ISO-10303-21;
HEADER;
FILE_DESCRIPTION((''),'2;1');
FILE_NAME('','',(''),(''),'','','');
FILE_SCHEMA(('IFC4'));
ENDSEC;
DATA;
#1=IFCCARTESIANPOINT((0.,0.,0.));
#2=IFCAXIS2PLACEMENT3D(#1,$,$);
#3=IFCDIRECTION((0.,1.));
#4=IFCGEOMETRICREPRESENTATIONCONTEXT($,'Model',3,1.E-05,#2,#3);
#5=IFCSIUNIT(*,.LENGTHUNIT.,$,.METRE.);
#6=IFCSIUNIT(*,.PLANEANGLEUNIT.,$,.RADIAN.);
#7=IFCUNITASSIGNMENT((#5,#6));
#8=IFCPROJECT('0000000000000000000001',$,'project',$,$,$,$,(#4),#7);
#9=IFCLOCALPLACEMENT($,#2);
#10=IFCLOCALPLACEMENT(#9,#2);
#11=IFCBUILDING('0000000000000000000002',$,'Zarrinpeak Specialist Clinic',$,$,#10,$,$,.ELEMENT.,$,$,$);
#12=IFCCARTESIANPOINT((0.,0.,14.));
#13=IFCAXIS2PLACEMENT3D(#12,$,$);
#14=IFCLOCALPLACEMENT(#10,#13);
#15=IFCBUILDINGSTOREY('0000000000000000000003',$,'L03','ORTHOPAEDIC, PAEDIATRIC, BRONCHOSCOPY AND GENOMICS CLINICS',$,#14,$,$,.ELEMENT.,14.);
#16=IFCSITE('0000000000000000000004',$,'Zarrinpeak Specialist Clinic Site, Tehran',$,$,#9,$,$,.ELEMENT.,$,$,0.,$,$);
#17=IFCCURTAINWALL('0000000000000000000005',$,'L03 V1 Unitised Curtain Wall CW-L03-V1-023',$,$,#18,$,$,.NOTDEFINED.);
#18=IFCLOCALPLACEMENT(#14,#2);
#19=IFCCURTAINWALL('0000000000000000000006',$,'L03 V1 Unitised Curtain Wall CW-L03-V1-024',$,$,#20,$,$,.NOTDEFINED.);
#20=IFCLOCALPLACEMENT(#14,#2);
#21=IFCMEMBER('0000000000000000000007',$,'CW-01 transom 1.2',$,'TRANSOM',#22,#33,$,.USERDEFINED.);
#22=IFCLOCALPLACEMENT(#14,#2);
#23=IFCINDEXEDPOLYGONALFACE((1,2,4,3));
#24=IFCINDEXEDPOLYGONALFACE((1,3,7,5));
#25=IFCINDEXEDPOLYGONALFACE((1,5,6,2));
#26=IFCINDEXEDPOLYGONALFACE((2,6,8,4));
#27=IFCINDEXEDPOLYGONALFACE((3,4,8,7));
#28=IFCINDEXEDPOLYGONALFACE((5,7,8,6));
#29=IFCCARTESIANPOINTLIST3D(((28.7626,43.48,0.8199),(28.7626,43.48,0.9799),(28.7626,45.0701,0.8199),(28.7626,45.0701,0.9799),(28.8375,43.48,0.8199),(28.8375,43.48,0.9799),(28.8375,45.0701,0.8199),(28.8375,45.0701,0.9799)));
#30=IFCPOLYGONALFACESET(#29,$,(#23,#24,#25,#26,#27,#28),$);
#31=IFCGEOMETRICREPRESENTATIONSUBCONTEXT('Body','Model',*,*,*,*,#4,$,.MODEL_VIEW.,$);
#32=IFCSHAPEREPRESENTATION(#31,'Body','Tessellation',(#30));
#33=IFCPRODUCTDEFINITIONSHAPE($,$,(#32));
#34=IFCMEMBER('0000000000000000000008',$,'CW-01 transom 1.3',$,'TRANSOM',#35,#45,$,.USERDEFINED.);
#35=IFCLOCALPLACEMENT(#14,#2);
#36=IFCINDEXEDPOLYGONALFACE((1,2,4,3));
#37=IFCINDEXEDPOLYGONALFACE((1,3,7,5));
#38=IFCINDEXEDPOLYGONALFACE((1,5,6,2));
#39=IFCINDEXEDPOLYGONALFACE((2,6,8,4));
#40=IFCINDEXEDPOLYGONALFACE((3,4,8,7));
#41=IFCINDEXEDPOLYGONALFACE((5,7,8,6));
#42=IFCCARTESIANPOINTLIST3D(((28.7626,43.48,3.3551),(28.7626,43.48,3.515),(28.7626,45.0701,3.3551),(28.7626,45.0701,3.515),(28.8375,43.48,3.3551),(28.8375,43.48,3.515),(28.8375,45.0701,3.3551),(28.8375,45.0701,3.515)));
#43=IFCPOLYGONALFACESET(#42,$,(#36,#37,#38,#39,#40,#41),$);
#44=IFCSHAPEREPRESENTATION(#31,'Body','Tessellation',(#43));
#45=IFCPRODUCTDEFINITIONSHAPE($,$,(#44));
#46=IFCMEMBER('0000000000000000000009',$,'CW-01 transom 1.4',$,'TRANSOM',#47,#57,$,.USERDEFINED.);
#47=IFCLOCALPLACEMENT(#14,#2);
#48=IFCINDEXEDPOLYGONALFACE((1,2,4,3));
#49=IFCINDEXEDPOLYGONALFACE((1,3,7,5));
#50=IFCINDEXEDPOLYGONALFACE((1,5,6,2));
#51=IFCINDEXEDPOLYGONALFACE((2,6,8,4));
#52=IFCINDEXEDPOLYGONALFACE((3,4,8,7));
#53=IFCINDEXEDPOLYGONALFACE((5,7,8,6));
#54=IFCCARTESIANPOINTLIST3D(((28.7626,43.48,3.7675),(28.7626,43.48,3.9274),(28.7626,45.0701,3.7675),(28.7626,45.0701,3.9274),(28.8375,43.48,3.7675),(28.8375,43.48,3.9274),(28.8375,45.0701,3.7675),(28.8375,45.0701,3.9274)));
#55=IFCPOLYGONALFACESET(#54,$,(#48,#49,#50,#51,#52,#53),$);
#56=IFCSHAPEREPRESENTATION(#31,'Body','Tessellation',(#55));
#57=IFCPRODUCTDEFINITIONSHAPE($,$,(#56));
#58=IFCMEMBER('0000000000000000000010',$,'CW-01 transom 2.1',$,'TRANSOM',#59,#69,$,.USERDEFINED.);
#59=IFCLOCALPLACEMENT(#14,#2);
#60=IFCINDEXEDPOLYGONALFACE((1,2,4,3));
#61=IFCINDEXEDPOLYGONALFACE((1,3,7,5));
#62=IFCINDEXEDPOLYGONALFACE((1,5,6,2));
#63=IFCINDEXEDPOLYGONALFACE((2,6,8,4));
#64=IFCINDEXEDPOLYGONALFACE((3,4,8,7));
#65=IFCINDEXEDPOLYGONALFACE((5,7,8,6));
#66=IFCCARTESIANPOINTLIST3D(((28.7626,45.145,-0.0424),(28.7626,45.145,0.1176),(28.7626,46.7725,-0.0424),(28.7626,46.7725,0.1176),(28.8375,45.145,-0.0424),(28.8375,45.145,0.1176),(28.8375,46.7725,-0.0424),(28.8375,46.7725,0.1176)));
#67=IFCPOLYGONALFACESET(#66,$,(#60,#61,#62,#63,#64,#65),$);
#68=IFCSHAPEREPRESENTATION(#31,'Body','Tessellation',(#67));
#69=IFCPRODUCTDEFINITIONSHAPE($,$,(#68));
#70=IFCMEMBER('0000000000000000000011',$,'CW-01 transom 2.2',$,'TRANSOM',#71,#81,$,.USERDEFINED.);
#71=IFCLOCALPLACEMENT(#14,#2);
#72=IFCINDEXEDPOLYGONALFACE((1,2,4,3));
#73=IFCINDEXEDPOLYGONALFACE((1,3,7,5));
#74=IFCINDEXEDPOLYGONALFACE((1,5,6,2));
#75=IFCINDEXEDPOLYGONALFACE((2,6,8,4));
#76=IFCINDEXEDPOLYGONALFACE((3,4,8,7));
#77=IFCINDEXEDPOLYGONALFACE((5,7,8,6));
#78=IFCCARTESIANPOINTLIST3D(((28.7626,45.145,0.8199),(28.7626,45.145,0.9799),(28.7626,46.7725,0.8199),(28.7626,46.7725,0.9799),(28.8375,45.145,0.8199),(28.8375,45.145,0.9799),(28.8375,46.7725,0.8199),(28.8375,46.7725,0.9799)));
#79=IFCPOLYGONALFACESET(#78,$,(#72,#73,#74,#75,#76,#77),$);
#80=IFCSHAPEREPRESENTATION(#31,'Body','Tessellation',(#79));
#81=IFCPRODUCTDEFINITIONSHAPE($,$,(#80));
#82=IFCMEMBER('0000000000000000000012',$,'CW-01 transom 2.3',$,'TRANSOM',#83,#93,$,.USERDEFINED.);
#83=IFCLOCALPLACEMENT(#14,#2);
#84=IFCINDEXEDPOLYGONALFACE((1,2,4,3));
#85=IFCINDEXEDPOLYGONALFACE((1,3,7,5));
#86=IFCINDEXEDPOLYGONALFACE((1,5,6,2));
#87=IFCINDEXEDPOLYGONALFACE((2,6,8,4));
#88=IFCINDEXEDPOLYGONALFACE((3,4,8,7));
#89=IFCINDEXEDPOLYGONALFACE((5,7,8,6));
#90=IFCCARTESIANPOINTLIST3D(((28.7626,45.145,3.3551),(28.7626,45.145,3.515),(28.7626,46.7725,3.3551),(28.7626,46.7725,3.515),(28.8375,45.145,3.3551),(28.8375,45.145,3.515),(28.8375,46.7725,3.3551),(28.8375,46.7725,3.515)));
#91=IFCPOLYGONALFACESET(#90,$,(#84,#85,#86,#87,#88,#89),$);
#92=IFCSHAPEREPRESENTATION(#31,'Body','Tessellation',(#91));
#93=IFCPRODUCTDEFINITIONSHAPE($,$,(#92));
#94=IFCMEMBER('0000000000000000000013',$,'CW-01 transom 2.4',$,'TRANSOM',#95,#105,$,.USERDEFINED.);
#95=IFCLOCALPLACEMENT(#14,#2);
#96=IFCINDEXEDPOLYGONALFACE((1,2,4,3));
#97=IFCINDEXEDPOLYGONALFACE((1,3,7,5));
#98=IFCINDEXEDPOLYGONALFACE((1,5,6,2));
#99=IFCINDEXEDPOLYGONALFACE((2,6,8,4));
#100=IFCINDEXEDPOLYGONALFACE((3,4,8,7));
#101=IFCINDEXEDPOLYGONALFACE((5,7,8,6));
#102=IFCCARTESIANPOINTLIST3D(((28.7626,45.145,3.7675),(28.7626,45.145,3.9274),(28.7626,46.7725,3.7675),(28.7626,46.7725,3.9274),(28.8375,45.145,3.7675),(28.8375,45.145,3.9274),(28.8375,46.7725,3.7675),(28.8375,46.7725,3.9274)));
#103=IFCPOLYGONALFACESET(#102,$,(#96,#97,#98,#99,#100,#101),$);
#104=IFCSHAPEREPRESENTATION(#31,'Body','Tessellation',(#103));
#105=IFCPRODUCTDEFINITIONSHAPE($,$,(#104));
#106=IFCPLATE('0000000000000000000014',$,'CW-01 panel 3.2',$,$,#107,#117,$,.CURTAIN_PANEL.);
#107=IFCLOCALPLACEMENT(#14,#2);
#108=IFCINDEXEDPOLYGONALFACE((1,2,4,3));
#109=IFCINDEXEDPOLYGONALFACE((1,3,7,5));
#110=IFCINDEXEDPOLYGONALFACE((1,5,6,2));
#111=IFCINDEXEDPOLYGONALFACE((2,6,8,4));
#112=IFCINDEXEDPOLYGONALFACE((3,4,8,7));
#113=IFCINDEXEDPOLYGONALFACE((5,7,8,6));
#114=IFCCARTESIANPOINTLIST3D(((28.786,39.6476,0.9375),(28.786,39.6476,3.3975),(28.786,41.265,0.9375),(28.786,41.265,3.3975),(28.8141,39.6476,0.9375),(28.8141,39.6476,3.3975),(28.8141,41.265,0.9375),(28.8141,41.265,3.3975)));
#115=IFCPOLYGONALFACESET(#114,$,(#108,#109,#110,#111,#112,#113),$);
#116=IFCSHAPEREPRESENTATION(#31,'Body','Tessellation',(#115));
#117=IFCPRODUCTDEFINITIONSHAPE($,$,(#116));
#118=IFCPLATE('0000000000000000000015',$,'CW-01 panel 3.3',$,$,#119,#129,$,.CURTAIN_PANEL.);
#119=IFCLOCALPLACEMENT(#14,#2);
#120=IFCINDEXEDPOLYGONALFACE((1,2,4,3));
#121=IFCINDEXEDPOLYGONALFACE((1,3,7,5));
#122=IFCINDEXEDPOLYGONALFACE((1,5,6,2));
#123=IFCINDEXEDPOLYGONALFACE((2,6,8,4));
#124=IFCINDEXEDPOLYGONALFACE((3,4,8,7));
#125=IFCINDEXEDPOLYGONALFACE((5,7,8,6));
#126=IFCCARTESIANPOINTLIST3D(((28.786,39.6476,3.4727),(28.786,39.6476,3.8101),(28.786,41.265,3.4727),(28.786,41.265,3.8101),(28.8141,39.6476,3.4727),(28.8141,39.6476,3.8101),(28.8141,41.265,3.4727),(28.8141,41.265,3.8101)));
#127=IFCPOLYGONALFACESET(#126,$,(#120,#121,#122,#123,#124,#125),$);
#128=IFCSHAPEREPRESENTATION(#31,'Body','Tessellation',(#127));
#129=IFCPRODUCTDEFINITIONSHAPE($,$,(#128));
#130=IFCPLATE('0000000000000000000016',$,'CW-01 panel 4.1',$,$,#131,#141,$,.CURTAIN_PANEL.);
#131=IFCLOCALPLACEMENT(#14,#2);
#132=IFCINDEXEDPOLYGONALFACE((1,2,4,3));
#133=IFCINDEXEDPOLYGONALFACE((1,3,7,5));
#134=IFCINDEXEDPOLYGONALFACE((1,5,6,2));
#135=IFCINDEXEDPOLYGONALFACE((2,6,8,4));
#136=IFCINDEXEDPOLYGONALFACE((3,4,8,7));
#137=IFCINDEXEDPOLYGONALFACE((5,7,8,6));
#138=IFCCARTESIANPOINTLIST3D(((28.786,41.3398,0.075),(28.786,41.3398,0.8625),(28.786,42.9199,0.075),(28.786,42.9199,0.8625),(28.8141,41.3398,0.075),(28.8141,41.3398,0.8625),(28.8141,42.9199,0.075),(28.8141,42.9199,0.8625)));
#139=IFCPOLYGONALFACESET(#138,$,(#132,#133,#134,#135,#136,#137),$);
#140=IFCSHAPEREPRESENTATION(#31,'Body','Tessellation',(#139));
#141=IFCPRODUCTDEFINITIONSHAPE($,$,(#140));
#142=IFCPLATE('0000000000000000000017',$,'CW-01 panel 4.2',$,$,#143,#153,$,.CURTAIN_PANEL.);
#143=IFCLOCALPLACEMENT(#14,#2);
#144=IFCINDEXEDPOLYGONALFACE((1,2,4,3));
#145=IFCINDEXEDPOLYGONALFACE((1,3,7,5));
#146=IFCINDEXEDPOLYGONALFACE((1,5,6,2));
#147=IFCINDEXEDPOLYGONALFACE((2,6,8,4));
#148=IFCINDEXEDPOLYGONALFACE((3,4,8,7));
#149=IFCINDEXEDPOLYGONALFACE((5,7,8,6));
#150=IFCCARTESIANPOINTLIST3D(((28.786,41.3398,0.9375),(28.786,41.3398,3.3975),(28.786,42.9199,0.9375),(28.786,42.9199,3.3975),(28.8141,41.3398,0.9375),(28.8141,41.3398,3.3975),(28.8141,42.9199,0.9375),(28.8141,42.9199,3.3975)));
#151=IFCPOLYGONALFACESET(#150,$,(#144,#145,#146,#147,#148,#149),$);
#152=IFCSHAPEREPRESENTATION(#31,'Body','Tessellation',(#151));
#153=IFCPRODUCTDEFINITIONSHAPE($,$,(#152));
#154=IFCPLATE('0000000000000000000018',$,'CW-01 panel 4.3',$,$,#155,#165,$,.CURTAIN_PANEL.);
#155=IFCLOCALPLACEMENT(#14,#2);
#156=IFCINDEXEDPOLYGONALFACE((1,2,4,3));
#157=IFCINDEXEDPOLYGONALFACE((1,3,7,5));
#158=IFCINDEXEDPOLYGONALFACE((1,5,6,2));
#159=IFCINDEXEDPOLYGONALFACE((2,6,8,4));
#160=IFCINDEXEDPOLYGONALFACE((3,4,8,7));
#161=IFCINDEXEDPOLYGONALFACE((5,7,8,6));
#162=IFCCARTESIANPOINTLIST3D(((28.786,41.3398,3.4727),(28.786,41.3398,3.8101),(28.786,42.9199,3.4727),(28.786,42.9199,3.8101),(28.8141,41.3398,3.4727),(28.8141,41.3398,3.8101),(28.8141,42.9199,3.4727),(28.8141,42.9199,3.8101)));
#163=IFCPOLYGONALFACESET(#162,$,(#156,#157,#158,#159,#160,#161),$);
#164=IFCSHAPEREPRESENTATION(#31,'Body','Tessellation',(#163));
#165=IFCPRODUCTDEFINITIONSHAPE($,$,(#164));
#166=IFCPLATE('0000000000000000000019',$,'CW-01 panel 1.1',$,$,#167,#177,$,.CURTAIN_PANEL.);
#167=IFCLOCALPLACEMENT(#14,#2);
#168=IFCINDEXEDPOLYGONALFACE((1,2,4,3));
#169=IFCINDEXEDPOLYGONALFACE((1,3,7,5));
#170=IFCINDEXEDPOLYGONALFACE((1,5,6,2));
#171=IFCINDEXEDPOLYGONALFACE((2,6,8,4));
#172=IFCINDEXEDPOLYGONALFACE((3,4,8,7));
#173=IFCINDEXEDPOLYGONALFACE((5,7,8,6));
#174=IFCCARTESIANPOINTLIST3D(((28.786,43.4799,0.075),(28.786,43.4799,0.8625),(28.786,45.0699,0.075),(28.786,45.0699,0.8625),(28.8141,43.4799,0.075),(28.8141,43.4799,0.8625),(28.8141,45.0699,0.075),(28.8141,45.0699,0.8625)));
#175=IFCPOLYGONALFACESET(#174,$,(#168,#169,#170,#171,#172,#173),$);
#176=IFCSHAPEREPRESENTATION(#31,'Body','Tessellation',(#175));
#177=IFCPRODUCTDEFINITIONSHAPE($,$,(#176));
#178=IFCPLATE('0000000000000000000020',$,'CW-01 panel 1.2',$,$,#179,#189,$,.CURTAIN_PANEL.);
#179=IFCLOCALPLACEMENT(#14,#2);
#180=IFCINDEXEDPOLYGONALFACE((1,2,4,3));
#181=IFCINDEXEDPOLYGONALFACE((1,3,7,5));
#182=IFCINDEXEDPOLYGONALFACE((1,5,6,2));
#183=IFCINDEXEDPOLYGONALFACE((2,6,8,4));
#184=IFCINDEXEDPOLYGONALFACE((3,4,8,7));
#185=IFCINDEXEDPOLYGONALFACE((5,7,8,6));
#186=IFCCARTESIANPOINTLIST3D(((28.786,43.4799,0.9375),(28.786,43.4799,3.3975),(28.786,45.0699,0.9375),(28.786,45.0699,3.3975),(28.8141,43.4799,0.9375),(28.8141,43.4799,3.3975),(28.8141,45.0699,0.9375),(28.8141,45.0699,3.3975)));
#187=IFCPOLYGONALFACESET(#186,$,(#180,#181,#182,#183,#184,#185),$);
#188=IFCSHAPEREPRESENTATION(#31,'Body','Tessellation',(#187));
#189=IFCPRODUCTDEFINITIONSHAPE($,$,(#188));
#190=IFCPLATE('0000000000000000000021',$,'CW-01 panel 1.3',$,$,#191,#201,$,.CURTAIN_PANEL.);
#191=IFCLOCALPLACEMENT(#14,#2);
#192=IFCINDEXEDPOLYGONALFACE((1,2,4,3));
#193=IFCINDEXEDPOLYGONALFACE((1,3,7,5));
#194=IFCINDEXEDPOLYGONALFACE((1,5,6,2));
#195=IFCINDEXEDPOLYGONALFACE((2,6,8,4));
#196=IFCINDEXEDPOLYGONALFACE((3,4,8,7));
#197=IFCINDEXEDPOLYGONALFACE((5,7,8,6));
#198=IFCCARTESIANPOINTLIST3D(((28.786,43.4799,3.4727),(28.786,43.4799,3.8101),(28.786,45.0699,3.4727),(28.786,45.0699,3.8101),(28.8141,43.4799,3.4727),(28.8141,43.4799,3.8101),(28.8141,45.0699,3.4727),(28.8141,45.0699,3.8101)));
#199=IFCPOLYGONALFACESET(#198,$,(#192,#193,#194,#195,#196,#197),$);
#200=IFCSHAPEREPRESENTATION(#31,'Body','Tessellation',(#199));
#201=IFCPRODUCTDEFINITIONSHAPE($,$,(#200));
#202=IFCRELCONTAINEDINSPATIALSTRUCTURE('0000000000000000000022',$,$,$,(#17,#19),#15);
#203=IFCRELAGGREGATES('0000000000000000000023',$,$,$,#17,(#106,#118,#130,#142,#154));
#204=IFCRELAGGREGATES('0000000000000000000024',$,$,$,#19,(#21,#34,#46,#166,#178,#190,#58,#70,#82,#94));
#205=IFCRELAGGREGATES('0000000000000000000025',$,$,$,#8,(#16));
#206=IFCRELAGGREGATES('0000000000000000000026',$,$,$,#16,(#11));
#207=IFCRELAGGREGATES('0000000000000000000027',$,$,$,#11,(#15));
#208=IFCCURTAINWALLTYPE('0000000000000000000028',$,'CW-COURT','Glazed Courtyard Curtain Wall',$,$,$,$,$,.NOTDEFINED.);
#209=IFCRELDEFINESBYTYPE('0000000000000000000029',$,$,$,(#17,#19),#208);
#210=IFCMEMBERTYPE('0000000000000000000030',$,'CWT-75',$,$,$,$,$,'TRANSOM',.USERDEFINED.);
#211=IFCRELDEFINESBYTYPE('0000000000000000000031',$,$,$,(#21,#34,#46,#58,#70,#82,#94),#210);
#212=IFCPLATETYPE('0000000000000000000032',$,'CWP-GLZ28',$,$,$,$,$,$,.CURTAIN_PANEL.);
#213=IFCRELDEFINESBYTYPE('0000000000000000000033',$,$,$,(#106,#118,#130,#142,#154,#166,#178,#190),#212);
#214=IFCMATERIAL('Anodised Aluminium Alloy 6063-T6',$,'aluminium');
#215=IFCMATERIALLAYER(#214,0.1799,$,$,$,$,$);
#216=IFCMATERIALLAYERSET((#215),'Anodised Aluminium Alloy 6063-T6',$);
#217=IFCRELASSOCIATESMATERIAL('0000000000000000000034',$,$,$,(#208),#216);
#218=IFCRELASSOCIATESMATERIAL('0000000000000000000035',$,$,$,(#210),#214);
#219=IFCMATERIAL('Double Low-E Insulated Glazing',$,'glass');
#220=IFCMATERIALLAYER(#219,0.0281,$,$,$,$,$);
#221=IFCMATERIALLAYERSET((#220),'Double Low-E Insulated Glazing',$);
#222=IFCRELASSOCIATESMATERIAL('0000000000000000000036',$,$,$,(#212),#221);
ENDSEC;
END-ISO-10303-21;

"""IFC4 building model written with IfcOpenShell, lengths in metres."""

from ifc_helpers import new_model, si_unit, direction, frame, origin, origin_2d, place, context, subcontext, project, spatial, rectangle, extrude, material, layer, layer_set, material_profile, profile_set, type_object, element, aggregate, save


model = new_model("IFC4")

# Units and contexts
model_context = context("Model", 3, precision=1e-05, world=origin(), true_north=direction((0.0, 1.0)))
body_context = subcontext(model_context, "Body", "Model", "MODEL_VIEW")
ifc_project = project(units=[si_unit("LENGTHUNIT", "METRE"), si_unit("PLANEANGLEUNIT", "RADIAN")], contexts=[model_context])

# Site, building, storey
site_placement = place(None, origin())
site = spatial("IfcSite", under=ifc_project, at=site_placement, Name="Zarrinpeak Specialist Clinic Site, Tehran", CompositionType="ELEMENT", RefElevation=0.0)
building_placement = place(site_placement, origin())
building = spatial("IfcBuilding", under=site, at=building_placement, Name="Zarrinpeak Specialist Clinic", CompositionType="ELEMENT")
storey_placement = place(building_placement, frame((0.0, 0.0, 14.0)))
storey = spatial("IfcBuildingStorey", under=building, at=storey_placement, Name="L03", Description="ORTHOPAEDIC, PAEDIATRIC, BRONCHOSCOPY AND GENOMICS CLINICS", CompositionType="ELEMENT", Elevation=14.0)

# Curtain walls
ifc_material_1 = material(Name="Anodised Aluminium Alloy 6063-T6", Category="aluminium")
ifc_layer_1 = layer(ifc_material_1, 0.1799)
ifc_layer_set_1 = layer_set([ifc_layer_1], Name="Anodised Aluminium Alloy 6063-T6")
curtain_wall_type = type_object("IfcCurtainWallType", Name="CW-COURT", Description="Glazed Courtyard Curtain Wall", PredefinedType="NOTDEFINED", material=ifc_layer_set_1)
curtain_wall_1_placement = place(storey_placement, origin())
curtain_wall_1 = element("IfcCurtainWall", 1, at=curtain_wall_1_placement, inside=storey, type_object=curtain_wall_type, Name="L03 V1 Unitised Curtain Wall CW-L03-V1-023", PredefinedType="NOTDEFINED")
curtain_wall_2_placement = place(storey_placement, origin())
curtain_wall_2 = element("IfcCurtainWall", 2, at=curtain_wall_2_placement, inside=storey, type_object=curtain_wall_type, Name="L03 V1 Unitised Curtain Wall CW-L03-V1-024", PredefinedType="NOTDEFINED")

# Members
ifc_material_profile_1 = material_profile(ifc_material_1, rectangle(XDim=0.075, YDim=0.1599, at=origin_2d()), Name="ALU 75x160")
ifc_profile_set_1 = profile_set([ifc_material_profile_1], Name="Anodised Aluminium Alloy 6063-T6")
member_type_1 = type_object("IfcMemberType", Name="CWT-75", ElementType="TRANSOM", PredefinedType="USERDEFINED", material=ifc_profile_set_1)
member_1_placement = place(storey_placement, frame((28.8, 43.48, 0.8999), z_axis=(0.0, 1.0, 0.0), x_axis=(-1.0, 0.0, 0.0)))
member_1 = element("IfcMember", 3, at=member_1_placement, type_object=member_type_1, Name="CW-01 transom 1.2", ObjectType="TRANSOM", PredefinedType="USERDEFINED", context=body_context, shape_type="SweptSolid", body=[
    extrude(rectangle(XDim=0.075, YDim=0.1599, at=origin_2d()), origin(), (0.0, 0.0, 1.0), 1.5901),
])
member_2_placement = place(storey_placement, frame((28.8, 43.48, 3.4351), z_axis=(0.0, 1.0, 0.0), x_axis=(-1.0, 0.0, 0.0)))
member_2 = element("IfcMember", 4, at=member_2_placement, type_object=member_type_1, Name="CW-01 transom 1.3", ObjectType="TRANSOM", PredefinedType="USERDEFINED", context=body_context, shape_type="SweptSolid", body=[
    extrude(rectangle(XDim=0.075, YDim=0.1599, at=origin_2d()), origin(), (0.0, 0.0, 1.0), 1.5901),
])
member_3_placement = place(storey_placement, frame((28.8, 43.48, 3.8474), z_axis=(0.0, 1.0, 0.0), x_axis=(-1.0, 0.0, 0.0)))
member_3 = element("IfcMember", 5, at=member_3_placement, type_object=member_type_1, Name="CW-01 transom 1.4", ObjectType="TRANSOM", PredefinedType="USERDEFINED", context=body_context, shape_type="SweptSolid", body=[
    extrude(rectangle(XDim=0.075, YDim=0.1599, at=origin_2d()), origin(), (0.0, 0.0, 1.0), 1.5901),
])
member_4_placement = place(storey_placement, frame((28.8, 45.145, 0.0376), z_axis=(0.0, 1.0, 0.0), x_axis=(-1.0, 0.0, 0.0)))
member_4 = element("IfcMember", 6, at=member_4_placement, type_object=member_type_1, Name="CW-01 transom 2.1", ObjectType="TRANSOM", PredefinedType="USERDEFINED", context=body_context, shape_type="SweptSolid", body=[
    extrude(rectangle(XDim=0.075, YDim=0.1599, at=origin_2d()), origin(), (0.0, 0.0, 1.0), 1.6274),
])
member_5_placement = place(storey_placement, frame((28.8, 45.145, 0.8999), z_axis=(0.0, 1.0, 0.0), x_axis=(-1.0, 0.0, 0.0)))
member_5 = element("IfcMember", 7, at=member_5_placement, type_object=member_type_1, Name="CW-01 transom 2.2", ObjectType="TRANSOM", PredefinedType="USERDEFINED", context=body_context, shape_type="SweptSolid", body=[
    extrude(rectangle(XDim=0.075, YDim=0.1599, at=origin_2d()), origin(), (0.0, 0.0, 1.0), 1.6274),
])
member_6_placement = place(storey_placement, frame((28.8, 45.145, 3.4351), z_axis=(0.0, 1.0, 0.0), x_axis=(-1.0, 0.0, 0.0)))
member_6 = element("IfcMember", 8, at=member_6_placement, type_object=member_type_1, Name="CW-01 transom 2.3", ObjectType="TRANSOM", PredefinedType="USERDEFINED", context=body_context, shape_type="SweptSolid", body=[
    extrude(rectangle(XDim=0.075, YDim=0.1599, at=origin_2d()), origin(), (0.0, 0.0, 1.0), 1.6274),
])
member_7_placement = place(storey_placement, frame((28.8, 45.145, 3.8474), z_axis=(0.0, 1.0, 0.0), x_axis=(-1.0, 0.0, 0.0)))
member_7 = element("IfcMember", 9, at=member_7_placement, type_object=member_type_1, Name="CW-01 transom 2.4", ObjectType="TRANSOM", PredefinedType="USERDEFINED", context=body_context, shape_type="SweptSolid", body=[
    extrude(rectangle(XDim=0.075, YDim=0.1599, at=origin_2d()), origin(), (0.0, 0.0, 1.0), 1.6274),
])

# Plates
ifc_material_2 = material(Name="Double Low-E Insulated Glazing", Category="glass")
ifc_layer_2 = layer(ifc_material_2, 0.0281)
ifc_layer_set_2 = layer_set([ifc_layer_2], Name="Double Low-E Insulated Glazing")
plate_type = type_object("IfcPlateType", Name="CWP-GLZ28", PredefinedType="CURTAIN_PANEL", material=ifc_layer_set_2)
plate_1_placement = place(storey_placement, frame((28.8, 40.4563, 0.9375), z_axis=(0.0, 0.0, 1.0), x_axis=(0.0, 1.0, 0.0)))
plate_1 = element("IfcPlate", 10, at=plate_1_placement, type_object=plate_type, Name="CW-01 panel 3.2", PredefinedType="CURTAIN_PANEL", context=body_context, shape_type="SweptSolid", body=[
    extrude(rectangle(XDim=1.6174, YDim=0.0281, at=origin_2d()), origin(), (0.0, 0.0, 1.0), 2.46),
])
plate_2_placement = place(storey_placement, frame((28.8, 40.4563, 3.4727), z_axis=(0.0, 0.0, 1.0), x_axis=(0.0, 1.0, 0.0)))
plate_2 = element("IfcPlate", 11, at=plate_2_placement, type_object=plate_type, Name="CW-01 panel 3.3", PredefinedType="CURTAIN_PANEL", context=body_context, shape_type="SweptSolid", body=[
    extrude(rectangle(XDim=1.6174, YDim=0.0281, at=origin_2d()), origin(), (0.0, 0.0, 1.0), 0.3374),
])
plate_3_placement = place(storey_placement, frame((28.8, 42.1299, 0.075), z_axis=(0.0, 0.0, 1.0), x_axis=(0.0, 1.0, 0.0)))
plate_3 = element("IfcPlate", 12, at=plate_3_placement, type_object=plate_type, Name="CW-01 panel 4.1", PredefinedType="CURTAIN_PANEL", context=body_context, shape_type="SweptSolid", body=[
    extrude(rectangle(XDim=1.5801, YDim=0.0281, at=origin_2d()), origin(), (0.0, 0.0, 1.0), 0.7876),
])
plate_4_placement = place(storey_placement, frame((28.8, 42.1299, 0.9375), z_axis=(0.0, 0.0, 1.0), x_axis=(0.0, 1.0, 0.0)))
plate_4 = element("IfcPlate", 13, at=plate_4_placement, type_object=plate_type, Name="CW-01 panel 4.2", PredefinedType="CURTAIN_PANEL", context=body_context, shape_type="SweptSolid", body=[
    extrude(rectangle(XDim=1.5801, YDim=0.0281, at=origin_2d()), origin(), (0.0, 0.0, 1.0), 2.46),
])
plate_5_placement = place(storey_placement, frame((28.8, 42.1299, 3.4727), z_axis=(0.0, 0.0, 1.0), x_axis=(0.0, 1.0, 0.0)))
plate_5 = element("IfcPlate", 14, at=plate_5_placement, type_object=plate_type, Name="CW-01 panel 4.3", PredefinedType="CURTAIN_PANEL", context=body_context, shape_type="SweptSolid", body=[
    extrude(rectangle(XDim=1.5801, YDim=0.0281, at=origin_2d()), origin(), (0.0, 0.0, 1.0), 0.3374),
])
aggregate(curtain_wall_1, [plate_1, plate_2, plate_3, plate_4, plate_5])
plate_6_placement = place(storey_placement, frame((28.8, 44.2749, 0.075), z_axis=(0.0, 0.0, 1.0), x_axis=(0.0, 1.0, 0.0)))
plate_6 = element("IfcPlate", 15, at=plate_6_placement, type_object=plate_type, Name="CW-01 panel 1.1", PredefinedType="CURTAIN_PANEL", context=body_context, shape_type="SweptSolid", body=[
    extrude(rectangle(XDim=1.5901, YDim=0.0281, at=origin_2d()), origin(), (0.0, 0.0, 1.0), 0.7876),
])
plate_7_placement = place(storey_placement, frame((28.8, 44.2749, 0.9375), z_axis=(0.0, 0.0, 1.0), x_axis=(0.0, 1.0, 0.0)))
plate_7 = element("IfcPlate", 16, at=plate_7_placement, type_object=plate_type, Name="CW-01 panel 1.2", PredefinedType="CURTAIN_PANEL", context=body_context, shape_type="SweptSolid", body=[
    extrude(rectangle(XDim=1.5901, YDim=0.0281, at=origin_2d()), origin(), (0.0, 0.0, 1.0), 2.46),
])
plate_8_placement = place(storey_placement, frame((28.8, 44.2749, 3.4727), z_axis=(0.0, 0.0, 1.0), x_axis=(0.0, 1.0, 0.0)))
plate_8 = element("IfcPlate", 17, at=plate_8_placement, type_object=plate_type, Name="CW-01 panel 1.3", PredefinedType="CURTAIN_PANEL", context=body_context, shape_type="SweptSolid", body=[
    extrude(rectangle(XDim=1.5901, YDim=0.0281, at=origin_2d()), origin(), (0.0, 0.0, 1.0), 0.3374),
])
aggregate(curtain_wall_2, [member_1, member_2, member_3, plate_6, plate_7, plate_8, member_4, member_5, member_6, member_7])

save(model, "model.ifc")
